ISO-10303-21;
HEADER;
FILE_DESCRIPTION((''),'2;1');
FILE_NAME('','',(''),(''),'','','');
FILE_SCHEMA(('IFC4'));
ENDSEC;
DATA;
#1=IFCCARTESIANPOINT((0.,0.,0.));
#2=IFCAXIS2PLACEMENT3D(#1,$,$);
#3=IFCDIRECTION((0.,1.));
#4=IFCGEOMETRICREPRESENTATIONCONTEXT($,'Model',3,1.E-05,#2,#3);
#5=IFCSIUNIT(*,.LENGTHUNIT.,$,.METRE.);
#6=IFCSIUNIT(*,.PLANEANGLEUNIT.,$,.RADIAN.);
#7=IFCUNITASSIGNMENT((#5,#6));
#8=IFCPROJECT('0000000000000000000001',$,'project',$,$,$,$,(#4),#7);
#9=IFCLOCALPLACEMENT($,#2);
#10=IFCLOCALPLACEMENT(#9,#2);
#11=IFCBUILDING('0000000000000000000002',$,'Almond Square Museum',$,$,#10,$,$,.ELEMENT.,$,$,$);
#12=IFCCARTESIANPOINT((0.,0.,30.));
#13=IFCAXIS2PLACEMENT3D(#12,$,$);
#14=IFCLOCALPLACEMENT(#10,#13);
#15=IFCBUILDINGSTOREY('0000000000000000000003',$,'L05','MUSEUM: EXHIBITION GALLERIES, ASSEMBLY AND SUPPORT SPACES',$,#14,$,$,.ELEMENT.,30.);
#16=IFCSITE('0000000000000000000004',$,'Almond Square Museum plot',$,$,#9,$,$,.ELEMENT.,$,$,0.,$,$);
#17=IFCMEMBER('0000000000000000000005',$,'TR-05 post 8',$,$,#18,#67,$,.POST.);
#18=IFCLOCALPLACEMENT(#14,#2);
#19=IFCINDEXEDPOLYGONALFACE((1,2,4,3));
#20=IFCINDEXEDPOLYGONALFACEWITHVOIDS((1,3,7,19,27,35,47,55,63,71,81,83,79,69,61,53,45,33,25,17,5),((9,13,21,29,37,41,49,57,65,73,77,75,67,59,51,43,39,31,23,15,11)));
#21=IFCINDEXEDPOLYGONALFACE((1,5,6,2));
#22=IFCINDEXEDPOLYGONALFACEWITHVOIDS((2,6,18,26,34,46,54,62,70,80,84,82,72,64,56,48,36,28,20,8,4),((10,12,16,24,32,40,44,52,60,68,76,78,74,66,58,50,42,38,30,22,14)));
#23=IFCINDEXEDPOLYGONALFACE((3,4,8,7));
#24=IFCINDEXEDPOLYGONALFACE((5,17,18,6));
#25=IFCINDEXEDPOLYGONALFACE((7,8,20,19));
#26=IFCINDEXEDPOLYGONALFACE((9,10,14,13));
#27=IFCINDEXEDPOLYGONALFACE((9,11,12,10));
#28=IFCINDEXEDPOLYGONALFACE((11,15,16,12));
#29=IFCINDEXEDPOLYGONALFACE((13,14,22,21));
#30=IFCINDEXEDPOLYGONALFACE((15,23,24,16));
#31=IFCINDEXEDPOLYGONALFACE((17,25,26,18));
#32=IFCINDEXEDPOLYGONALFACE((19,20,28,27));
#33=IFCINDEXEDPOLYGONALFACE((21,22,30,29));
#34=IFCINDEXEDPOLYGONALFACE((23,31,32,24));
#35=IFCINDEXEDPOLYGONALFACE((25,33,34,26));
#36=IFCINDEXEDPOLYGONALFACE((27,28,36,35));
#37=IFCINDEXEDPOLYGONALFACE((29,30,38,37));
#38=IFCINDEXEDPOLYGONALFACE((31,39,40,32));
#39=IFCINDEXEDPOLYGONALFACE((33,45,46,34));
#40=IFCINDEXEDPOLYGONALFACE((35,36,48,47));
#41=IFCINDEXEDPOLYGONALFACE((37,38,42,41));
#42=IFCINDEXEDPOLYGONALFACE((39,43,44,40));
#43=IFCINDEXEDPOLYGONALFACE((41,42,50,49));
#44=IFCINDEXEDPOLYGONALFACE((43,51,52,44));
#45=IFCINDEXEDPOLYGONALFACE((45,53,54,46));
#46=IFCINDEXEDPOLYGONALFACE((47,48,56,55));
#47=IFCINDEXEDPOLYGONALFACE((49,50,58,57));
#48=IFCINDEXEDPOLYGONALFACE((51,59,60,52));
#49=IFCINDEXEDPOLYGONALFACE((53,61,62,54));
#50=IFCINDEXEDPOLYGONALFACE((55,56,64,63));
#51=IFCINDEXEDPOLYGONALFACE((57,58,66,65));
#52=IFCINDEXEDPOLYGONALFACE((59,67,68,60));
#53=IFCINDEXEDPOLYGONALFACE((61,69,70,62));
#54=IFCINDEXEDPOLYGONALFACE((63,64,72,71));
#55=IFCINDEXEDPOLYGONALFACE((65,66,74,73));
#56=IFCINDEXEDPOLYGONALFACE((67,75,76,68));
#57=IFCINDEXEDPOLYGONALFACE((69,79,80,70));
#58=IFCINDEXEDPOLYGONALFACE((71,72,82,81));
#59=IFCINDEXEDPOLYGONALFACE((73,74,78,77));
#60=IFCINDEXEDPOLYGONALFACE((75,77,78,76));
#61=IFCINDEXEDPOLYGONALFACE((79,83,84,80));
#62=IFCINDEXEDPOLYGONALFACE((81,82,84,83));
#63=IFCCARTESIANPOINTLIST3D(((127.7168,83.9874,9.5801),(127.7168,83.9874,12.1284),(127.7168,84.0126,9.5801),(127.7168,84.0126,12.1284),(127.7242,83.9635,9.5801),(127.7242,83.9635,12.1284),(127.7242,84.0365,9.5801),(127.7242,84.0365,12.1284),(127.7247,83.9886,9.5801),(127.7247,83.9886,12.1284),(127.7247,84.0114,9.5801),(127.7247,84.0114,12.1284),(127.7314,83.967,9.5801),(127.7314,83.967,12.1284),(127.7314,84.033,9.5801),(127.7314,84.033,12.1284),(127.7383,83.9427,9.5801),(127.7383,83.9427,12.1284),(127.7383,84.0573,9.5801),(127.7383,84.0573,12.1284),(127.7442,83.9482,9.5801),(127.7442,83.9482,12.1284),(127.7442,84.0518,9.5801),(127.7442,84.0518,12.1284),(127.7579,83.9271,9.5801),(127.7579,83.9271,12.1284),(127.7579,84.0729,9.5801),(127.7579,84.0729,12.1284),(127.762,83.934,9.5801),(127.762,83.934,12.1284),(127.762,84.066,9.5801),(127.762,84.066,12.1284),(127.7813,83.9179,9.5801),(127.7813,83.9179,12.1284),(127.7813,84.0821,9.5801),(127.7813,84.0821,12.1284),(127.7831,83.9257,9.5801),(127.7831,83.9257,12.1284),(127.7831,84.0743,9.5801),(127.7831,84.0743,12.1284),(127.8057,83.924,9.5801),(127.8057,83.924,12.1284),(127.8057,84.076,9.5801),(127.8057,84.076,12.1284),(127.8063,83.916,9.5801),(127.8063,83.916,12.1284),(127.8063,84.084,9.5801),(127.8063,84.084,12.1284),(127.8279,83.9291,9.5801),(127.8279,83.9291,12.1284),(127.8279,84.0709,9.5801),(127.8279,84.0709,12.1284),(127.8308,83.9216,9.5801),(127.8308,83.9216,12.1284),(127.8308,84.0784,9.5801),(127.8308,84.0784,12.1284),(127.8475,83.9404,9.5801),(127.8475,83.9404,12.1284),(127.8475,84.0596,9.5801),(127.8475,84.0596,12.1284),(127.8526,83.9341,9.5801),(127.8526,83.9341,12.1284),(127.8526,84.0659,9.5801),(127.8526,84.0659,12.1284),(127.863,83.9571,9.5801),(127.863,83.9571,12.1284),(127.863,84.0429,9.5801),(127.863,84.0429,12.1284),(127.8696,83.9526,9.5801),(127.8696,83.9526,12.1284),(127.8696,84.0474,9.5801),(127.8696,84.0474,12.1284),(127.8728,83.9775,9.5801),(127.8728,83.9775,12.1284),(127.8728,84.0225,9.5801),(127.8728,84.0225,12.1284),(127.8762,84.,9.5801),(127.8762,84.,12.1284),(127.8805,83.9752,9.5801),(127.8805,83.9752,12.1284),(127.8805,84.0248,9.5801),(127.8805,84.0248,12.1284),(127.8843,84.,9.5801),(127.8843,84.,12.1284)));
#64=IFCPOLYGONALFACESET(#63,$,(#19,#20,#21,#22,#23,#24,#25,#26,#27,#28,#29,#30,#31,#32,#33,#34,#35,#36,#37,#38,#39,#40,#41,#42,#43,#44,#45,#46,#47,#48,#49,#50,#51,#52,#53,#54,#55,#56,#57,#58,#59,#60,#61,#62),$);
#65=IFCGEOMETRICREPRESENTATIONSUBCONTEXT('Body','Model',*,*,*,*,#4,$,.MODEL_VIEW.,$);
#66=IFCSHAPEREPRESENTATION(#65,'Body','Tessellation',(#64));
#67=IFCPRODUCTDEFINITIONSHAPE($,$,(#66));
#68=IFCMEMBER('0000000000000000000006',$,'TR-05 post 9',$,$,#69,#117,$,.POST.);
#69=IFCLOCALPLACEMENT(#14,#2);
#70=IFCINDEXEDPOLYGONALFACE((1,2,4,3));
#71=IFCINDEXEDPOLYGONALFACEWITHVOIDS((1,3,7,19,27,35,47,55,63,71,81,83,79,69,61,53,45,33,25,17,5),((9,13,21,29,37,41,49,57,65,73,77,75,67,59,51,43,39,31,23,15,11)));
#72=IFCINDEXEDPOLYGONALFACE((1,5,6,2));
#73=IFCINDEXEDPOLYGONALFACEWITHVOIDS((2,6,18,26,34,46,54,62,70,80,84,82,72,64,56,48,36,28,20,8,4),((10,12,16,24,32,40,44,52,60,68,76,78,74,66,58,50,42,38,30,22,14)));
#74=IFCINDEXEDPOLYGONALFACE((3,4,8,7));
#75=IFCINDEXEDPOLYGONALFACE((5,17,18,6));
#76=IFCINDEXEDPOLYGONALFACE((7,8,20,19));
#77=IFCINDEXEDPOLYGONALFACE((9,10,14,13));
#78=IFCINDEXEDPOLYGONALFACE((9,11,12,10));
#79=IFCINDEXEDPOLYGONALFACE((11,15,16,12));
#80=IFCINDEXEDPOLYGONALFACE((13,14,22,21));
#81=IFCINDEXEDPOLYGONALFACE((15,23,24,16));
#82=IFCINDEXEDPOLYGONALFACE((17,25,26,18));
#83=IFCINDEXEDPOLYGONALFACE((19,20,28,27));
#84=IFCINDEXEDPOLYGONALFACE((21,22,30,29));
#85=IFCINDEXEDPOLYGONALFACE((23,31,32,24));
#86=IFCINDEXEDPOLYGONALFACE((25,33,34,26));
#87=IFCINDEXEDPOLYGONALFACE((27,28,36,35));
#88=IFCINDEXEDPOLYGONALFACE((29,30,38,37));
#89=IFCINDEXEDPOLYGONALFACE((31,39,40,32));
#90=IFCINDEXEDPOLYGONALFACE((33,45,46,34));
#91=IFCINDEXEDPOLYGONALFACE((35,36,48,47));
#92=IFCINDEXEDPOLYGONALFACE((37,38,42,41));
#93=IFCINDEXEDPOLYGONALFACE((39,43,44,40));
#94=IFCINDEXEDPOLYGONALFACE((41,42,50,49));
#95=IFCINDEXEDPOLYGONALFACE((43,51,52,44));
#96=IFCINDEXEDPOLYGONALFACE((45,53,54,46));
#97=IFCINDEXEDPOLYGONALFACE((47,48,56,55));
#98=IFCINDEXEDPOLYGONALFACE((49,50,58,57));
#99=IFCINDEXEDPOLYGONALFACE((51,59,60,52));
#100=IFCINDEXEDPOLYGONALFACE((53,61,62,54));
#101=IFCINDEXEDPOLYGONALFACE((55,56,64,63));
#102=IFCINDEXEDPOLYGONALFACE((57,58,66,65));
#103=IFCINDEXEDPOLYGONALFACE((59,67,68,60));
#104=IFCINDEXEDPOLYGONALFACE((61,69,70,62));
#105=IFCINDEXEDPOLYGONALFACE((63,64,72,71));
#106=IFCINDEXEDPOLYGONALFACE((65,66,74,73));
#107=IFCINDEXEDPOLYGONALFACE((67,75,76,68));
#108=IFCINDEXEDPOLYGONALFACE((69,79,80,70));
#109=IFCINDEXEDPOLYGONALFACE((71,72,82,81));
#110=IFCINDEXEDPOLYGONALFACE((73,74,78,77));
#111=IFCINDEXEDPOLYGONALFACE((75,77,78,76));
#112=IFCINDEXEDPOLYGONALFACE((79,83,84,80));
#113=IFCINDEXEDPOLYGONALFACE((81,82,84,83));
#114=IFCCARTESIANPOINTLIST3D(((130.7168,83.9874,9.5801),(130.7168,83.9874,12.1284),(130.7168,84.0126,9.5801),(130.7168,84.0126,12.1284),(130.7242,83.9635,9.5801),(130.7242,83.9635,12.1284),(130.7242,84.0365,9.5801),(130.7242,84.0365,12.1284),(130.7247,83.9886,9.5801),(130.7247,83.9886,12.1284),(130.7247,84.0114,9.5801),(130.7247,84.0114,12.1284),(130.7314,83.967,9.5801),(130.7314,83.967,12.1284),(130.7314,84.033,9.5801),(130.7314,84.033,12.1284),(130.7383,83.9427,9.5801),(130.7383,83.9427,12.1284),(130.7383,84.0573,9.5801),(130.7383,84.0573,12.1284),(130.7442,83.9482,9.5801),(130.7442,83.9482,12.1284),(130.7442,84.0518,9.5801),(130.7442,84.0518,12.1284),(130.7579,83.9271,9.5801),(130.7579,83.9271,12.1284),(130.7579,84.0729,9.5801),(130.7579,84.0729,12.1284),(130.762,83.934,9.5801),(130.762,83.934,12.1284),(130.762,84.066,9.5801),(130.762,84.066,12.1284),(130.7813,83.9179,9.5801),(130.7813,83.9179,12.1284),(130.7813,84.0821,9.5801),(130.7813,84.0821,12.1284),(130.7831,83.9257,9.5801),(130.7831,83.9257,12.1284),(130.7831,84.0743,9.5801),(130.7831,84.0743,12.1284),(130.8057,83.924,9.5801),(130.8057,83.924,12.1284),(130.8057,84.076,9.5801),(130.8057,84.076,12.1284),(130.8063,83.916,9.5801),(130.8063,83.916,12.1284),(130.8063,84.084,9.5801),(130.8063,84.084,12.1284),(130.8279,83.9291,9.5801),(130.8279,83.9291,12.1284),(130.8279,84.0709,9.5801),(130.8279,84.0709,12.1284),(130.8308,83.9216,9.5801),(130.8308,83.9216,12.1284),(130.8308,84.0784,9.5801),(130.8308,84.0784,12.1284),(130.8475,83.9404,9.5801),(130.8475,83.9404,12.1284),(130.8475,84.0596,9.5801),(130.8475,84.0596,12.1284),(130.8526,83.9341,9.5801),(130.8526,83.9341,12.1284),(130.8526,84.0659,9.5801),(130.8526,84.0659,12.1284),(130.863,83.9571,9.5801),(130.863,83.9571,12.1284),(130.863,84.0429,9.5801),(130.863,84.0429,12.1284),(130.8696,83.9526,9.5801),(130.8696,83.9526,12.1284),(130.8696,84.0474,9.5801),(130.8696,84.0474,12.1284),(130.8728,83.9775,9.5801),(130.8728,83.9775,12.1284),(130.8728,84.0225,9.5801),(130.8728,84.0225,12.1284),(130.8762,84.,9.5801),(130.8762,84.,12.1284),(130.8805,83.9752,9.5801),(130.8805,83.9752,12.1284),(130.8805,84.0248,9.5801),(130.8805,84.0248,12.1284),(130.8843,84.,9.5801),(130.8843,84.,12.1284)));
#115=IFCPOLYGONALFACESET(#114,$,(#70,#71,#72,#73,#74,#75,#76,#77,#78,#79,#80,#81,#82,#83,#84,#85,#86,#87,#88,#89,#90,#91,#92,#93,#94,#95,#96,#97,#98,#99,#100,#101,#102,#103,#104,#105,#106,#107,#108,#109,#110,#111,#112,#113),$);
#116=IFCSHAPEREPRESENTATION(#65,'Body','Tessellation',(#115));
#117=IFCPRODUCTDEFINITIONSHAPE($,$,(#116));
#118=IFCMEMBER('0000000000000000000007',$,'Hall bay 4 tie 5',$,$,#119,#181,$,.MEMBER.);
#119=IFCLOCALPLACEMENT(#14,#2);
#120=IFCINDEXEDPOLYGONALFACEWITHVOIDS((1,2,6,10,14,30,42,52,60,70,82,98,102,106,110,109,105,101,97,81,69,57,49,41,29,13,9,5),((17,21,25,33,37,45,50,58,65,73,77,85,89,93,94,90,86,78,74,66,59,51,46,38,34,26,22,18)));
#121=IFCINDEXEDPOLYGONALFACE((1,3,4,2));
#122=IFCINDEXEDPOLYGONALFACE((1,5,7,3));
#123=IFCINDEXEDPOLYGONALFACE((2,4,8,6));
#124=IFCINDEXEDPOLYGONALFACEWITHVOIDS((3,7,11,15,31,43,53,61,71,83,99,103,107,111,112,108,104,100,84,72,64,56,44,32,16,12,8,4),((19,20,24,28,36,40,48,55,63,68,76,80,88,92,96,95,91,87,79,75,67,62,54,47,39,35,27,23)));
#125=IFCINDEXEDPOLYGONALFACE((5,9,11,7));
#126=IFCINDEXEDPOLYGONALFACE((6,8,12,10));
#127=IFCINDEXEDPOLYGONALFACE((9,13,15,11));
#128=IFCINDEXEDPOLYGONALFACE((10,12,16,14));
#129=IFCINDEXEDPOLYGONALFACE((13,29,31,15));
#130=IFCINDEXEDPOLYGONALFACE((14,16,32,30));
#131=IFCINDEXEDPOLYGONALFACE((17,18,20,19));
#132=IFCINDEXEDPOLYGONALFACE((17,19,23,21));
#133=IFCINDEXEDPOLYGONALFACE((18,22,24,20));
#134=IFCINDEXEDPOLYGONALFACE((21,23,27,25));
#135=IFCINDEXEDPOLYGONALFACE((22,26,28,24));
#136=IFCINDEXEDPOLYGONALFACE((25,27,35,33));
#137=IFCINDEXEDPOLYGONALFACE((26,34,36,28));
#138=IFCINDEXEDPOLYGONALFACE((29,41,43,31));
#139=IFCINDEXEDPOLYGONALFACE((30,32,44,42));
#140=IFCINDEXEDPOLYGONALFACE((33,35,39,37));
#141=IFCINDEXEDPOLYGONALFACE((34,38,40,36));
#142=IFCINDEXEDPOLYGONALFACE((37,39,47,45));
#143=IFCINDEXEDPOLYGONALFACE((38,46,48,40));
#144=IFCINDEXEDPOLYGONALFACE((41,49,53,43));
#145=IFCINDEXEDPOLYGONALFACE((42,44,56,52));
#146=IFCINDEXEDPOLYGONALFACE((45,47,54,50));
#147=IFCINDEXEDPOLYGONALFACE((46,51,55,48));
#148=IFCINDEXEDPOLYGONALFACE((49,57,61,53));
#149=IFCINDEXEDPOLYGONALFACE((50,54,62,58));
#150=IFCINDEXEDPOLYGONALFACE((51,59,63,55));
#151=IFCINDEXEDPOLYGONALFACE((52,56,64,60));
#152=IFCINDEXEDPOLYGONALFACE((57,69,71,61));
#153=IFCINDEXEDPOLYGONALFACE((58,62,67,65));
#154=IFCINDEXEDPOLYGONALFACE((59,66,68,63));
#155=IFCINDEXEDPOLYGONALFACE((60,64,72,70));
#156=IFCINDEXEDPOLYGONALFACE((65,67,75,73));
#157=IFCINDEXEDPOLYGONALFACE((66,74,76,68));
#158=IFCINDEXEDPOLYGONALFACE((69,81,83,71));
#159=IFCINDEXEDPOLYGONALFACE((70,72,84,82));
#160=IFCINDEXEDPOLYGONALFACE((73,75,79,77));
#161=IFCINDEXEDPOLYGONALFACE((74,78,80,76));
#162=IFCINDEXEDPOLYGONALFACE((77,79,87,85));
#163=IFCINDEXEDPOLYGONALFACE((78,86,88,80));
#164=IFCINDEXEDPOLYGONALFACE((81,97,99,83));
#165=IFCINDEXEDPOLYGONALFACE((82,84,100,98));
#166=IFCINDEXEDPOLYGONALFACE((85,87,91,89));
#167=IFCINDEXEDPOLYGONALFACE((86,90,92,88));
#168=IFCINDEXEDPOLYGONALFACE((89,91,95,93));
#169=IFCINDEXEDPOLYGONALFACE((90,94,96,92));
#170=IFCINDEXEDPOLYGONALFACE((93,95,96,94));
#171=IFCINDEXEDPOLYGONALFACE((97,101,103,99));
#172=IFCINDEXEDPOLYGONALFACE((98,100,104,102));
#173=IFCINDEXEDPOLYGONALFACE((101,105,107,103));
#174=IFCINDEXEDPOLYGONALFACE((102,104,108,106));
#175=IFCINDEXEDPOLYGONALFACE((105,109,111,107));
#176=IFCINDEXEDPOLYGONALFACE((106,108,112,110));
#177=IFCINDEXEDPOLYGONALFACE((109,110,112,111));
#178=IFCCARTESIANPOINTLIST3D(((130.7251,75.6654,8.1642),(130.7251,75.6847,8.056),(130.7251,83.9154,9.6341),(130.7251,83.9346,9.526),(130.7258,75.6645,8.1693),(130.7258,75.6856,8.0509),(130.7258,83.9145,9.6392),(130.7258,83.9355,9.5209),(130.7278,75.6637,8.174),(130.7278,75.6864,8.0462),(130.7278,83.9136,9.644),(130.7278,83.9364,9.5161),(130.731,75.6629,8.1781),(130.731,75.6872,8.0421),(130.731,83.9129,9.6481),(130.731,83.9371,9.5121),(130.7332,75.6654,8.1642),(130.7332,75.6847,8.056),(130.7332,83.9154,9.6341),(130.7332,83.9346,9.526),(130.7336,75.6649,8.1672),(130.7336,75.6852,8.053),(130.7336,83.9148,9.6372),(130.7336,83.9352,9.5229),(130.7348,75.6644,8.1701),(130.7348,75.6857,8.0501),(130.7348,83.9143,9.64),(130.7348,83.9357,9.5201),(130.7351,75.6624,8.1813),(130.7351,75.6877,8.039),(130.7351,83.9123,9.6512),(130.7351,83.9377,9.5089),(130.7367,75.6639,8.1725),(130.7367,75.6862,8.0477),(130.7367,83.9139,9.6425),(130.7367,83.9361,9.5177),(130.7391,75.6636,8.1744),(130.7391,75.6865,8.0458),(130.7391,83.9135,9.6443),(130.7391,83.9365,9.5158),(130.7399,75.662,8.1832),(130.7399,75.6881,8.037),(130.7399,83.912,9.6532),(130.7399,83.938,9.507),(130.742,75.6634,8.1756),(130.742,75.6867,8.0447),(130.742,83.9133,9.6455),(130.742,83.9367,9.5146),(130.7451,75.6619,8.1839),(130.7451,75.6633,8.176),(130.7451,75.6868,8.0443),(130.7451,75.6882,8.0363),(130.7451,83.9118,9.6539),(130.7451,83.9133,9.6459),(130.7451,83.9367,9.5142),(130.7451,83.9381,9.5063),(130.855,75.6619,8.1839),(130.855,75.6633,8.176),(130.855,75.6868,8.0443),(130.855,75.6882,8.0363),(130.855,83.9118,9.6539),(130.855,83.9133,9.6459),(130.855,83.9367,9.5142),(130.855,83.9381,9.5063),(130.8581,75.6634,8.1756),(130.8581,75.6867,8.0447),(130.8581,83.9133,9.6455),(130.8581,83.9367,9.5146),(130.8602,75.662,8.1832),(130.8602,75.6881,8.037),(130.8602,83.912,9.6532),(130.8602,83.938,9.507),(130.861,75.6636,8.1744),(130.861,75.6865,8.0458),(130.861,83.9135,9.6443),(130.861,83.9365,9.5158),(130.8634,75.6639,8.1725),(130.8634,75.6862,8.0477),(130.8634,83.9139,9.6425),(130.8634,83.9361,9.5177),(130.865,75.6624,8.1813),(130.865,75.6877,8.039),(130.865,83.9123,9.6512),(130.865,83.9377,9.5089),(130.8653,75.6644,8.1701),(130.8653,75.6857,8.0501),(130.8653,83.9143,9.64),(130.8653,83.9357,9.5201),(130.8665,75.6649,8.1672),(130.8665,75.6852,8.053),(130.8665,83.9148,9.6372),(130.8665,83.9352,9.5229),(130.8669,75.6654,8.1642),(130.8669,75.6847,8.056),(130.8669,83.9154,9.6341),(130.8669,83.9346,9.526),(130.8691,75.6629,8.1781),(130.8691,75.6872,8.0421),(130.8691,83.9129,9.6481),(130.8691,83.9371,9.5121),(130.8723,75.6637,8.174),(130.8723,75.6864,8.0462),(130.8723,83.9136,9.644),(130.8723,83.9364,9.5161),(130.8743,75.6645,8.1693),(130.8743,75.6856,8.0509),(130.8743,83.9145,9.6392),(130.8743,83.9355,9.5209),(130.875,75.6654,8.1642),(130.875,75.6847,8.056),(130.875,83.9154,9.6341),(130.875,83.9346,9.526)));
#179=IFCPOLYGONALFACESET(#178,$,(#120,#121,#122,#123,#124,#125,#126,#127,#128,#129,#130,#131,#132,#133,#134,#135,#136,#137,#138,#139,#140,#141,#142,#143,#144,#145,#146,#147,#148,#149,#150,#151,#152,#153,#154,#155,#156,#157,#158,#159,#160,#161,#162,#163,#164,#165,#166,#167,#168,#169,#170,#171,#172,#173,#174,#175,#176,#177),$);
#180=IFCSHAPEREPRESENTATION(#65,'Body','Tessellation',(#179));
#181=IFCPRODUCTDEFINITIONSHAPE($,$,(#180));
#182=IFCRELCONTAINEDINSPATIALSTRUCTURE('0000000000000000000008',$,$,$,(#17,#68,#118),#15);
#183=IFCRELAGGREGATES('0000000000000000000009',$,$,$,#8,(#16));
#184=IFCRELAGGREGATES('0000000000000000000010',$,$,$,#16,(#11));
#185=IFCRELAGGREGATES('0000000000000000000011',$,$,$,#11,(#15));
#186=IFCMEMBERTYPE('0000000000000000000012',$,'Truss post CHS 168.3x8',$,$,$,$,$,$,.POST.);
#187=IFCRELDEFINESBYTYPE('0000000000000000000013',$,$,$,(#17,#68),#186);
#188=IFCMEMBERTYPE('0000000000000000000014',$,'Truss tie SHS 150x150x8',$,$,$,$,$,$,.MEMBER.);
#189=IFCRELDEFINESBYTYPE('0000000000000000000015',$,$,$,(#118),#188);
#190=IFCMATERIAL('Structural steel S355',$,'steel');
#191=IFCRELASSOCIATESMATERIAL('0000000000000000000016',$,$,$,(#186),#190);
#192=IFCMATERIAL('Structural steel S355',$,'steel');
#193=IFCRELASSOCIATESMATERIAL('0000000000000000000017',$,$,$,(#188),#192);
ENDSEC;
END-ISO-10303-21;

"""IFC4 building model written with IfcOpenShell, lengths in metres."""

from ifc_helpers import new_model, si_unit, direction, frame, origin, origin_2d, place, context, subcontext, project, spatial, hollow_rectangle, hollow_circle, extrude, material, material_profile, profile_set, type_object, element, save


model = new_model("IFC4")

# Units and contexts
model_context = context("Model", 3, precision=1e-05, world=origin(), true_north=direction((0.0, 1.0)))
body_context = subcontext(model_context, "Body", "Model", "MODEL_VIEW")
ifc_project = project(units=[si_unit("LENGTHUNIT", "METRE"), si_unit("PLANEANGLEUNIT", "RADIAN")], contexts=[model_context])

# Site, building, storey
site_placement = place(None, origin())
site = spatial("IfcSite", under=ifc_project, at=site_placement, Name="Almond Square Museum plot", CompositionType="ELEMENT", RefElevation=0.0)
building_placement = place(site_placement, origin())
building = spatial("IfcBuilding", under=site, at=building_placement, Name="Almond Square Museum", CompositionType="ELEMENT")
storey_placement = place(building_placement, frame((0.0, 0.0, 30.0)))
storey = spatial("IfcBuildingStorey", under=building, at=storey_placement, Name="L05", Description="MUSEUM: EXHIBITION GALLERIES, ASSEMBLY AND SUPPORT SPACES", CompositionType="ELEMENT", Elevation=30.0)

# Members
ifc_material_1 = material(Name="Structural steel S355", Category="steel")
ifc_material_profile_1 = material_profile(ifc_material_1, hollow_circle(Radius=0.0842, WallThickness=0.0081, at=origin_2d()))
ifc_profile_set_1 = profile_set([ifc_material_profile_1], Name="Structural steel S355")
member_type_1 = type_object("IfcMemberType", Name="Truss post CHS 168.3x8", PredefinedType="POST", material=ifc_profile_set_1)
for number, where, z_axis, x_axis, name in (
    (1, (127.8, 84.0, 9.5801), (0.0, 0.0, 1.0), (1.0, 0.0, 0.0), "TR-05 post 8"),
    (2, (130.8, 84.0, 9.5801), (0.0, 0.0, 1.0), (1.0, 0.0, 0.0), "TR-05 post 9"),
):
    element("IfcMember", number, at=place(storey_placement, frame(where, z_axis=z_axis, x_axis=x_axis)), inside=storey, type_object=member_type_1, Name=name, PredefinedType="POST", context=body_context, shape_type="SweptSolid", body=[
        extrude(hollow_circle(Radius=0.0842, WallThickness=0.0081, at=origin_2d()), origin(), (0.0, 0.0, 1.0), 2.5483),
    ])
ifc_material_2 = material(Name="Structural steel S355", Category="steel")
ifc_material_profile_2 = material_profile(ifc_material_2, hollow_rectangle(XDim=0.1499, YDim=0.1499, WallThickness=0.0081, InnerFilletRadius=0.012, OuterFilletRadius=0.02, at=origin_2d()))
ifc_profile_set_2 = profile_set([ifc_material_profile_2], Name="Structural steel S355")
member_type_2 = type_object("IfcMemberType", Name="Truss tie SHS 150x150x8", PredefinedType="MEMBER", material=ifc_profile_set_2)
for number, where, z_axis, x_axis, name in (
    (3, (130.8, 75.675, 8.1101), (0.0, 0.984494, 0.175416), (-1.0, 0.0, 0.0), "Hall bay 4 tie 5"),
):
    element("IfcMember", number, at=place(storey_placement, frame(where, z_axis=z_axis, x_axis=x_axis)), inside=storey, type_object=member_type_2, Name=name, PredefinedType="MEMBER", context=body_context, shape_type="SweptSolid", body=[
        extrude(hollow_rectangle(XDim=0.1499, YDim=0.1499, WallThickness=0.0081, InnerFilletRadius=0.012, OuterFilletRadius=0.02, at=origin_2d()), origin(), (0.0, 0.0, 1.0), 8.3799),
    ])

save(model, "model.ifc")
